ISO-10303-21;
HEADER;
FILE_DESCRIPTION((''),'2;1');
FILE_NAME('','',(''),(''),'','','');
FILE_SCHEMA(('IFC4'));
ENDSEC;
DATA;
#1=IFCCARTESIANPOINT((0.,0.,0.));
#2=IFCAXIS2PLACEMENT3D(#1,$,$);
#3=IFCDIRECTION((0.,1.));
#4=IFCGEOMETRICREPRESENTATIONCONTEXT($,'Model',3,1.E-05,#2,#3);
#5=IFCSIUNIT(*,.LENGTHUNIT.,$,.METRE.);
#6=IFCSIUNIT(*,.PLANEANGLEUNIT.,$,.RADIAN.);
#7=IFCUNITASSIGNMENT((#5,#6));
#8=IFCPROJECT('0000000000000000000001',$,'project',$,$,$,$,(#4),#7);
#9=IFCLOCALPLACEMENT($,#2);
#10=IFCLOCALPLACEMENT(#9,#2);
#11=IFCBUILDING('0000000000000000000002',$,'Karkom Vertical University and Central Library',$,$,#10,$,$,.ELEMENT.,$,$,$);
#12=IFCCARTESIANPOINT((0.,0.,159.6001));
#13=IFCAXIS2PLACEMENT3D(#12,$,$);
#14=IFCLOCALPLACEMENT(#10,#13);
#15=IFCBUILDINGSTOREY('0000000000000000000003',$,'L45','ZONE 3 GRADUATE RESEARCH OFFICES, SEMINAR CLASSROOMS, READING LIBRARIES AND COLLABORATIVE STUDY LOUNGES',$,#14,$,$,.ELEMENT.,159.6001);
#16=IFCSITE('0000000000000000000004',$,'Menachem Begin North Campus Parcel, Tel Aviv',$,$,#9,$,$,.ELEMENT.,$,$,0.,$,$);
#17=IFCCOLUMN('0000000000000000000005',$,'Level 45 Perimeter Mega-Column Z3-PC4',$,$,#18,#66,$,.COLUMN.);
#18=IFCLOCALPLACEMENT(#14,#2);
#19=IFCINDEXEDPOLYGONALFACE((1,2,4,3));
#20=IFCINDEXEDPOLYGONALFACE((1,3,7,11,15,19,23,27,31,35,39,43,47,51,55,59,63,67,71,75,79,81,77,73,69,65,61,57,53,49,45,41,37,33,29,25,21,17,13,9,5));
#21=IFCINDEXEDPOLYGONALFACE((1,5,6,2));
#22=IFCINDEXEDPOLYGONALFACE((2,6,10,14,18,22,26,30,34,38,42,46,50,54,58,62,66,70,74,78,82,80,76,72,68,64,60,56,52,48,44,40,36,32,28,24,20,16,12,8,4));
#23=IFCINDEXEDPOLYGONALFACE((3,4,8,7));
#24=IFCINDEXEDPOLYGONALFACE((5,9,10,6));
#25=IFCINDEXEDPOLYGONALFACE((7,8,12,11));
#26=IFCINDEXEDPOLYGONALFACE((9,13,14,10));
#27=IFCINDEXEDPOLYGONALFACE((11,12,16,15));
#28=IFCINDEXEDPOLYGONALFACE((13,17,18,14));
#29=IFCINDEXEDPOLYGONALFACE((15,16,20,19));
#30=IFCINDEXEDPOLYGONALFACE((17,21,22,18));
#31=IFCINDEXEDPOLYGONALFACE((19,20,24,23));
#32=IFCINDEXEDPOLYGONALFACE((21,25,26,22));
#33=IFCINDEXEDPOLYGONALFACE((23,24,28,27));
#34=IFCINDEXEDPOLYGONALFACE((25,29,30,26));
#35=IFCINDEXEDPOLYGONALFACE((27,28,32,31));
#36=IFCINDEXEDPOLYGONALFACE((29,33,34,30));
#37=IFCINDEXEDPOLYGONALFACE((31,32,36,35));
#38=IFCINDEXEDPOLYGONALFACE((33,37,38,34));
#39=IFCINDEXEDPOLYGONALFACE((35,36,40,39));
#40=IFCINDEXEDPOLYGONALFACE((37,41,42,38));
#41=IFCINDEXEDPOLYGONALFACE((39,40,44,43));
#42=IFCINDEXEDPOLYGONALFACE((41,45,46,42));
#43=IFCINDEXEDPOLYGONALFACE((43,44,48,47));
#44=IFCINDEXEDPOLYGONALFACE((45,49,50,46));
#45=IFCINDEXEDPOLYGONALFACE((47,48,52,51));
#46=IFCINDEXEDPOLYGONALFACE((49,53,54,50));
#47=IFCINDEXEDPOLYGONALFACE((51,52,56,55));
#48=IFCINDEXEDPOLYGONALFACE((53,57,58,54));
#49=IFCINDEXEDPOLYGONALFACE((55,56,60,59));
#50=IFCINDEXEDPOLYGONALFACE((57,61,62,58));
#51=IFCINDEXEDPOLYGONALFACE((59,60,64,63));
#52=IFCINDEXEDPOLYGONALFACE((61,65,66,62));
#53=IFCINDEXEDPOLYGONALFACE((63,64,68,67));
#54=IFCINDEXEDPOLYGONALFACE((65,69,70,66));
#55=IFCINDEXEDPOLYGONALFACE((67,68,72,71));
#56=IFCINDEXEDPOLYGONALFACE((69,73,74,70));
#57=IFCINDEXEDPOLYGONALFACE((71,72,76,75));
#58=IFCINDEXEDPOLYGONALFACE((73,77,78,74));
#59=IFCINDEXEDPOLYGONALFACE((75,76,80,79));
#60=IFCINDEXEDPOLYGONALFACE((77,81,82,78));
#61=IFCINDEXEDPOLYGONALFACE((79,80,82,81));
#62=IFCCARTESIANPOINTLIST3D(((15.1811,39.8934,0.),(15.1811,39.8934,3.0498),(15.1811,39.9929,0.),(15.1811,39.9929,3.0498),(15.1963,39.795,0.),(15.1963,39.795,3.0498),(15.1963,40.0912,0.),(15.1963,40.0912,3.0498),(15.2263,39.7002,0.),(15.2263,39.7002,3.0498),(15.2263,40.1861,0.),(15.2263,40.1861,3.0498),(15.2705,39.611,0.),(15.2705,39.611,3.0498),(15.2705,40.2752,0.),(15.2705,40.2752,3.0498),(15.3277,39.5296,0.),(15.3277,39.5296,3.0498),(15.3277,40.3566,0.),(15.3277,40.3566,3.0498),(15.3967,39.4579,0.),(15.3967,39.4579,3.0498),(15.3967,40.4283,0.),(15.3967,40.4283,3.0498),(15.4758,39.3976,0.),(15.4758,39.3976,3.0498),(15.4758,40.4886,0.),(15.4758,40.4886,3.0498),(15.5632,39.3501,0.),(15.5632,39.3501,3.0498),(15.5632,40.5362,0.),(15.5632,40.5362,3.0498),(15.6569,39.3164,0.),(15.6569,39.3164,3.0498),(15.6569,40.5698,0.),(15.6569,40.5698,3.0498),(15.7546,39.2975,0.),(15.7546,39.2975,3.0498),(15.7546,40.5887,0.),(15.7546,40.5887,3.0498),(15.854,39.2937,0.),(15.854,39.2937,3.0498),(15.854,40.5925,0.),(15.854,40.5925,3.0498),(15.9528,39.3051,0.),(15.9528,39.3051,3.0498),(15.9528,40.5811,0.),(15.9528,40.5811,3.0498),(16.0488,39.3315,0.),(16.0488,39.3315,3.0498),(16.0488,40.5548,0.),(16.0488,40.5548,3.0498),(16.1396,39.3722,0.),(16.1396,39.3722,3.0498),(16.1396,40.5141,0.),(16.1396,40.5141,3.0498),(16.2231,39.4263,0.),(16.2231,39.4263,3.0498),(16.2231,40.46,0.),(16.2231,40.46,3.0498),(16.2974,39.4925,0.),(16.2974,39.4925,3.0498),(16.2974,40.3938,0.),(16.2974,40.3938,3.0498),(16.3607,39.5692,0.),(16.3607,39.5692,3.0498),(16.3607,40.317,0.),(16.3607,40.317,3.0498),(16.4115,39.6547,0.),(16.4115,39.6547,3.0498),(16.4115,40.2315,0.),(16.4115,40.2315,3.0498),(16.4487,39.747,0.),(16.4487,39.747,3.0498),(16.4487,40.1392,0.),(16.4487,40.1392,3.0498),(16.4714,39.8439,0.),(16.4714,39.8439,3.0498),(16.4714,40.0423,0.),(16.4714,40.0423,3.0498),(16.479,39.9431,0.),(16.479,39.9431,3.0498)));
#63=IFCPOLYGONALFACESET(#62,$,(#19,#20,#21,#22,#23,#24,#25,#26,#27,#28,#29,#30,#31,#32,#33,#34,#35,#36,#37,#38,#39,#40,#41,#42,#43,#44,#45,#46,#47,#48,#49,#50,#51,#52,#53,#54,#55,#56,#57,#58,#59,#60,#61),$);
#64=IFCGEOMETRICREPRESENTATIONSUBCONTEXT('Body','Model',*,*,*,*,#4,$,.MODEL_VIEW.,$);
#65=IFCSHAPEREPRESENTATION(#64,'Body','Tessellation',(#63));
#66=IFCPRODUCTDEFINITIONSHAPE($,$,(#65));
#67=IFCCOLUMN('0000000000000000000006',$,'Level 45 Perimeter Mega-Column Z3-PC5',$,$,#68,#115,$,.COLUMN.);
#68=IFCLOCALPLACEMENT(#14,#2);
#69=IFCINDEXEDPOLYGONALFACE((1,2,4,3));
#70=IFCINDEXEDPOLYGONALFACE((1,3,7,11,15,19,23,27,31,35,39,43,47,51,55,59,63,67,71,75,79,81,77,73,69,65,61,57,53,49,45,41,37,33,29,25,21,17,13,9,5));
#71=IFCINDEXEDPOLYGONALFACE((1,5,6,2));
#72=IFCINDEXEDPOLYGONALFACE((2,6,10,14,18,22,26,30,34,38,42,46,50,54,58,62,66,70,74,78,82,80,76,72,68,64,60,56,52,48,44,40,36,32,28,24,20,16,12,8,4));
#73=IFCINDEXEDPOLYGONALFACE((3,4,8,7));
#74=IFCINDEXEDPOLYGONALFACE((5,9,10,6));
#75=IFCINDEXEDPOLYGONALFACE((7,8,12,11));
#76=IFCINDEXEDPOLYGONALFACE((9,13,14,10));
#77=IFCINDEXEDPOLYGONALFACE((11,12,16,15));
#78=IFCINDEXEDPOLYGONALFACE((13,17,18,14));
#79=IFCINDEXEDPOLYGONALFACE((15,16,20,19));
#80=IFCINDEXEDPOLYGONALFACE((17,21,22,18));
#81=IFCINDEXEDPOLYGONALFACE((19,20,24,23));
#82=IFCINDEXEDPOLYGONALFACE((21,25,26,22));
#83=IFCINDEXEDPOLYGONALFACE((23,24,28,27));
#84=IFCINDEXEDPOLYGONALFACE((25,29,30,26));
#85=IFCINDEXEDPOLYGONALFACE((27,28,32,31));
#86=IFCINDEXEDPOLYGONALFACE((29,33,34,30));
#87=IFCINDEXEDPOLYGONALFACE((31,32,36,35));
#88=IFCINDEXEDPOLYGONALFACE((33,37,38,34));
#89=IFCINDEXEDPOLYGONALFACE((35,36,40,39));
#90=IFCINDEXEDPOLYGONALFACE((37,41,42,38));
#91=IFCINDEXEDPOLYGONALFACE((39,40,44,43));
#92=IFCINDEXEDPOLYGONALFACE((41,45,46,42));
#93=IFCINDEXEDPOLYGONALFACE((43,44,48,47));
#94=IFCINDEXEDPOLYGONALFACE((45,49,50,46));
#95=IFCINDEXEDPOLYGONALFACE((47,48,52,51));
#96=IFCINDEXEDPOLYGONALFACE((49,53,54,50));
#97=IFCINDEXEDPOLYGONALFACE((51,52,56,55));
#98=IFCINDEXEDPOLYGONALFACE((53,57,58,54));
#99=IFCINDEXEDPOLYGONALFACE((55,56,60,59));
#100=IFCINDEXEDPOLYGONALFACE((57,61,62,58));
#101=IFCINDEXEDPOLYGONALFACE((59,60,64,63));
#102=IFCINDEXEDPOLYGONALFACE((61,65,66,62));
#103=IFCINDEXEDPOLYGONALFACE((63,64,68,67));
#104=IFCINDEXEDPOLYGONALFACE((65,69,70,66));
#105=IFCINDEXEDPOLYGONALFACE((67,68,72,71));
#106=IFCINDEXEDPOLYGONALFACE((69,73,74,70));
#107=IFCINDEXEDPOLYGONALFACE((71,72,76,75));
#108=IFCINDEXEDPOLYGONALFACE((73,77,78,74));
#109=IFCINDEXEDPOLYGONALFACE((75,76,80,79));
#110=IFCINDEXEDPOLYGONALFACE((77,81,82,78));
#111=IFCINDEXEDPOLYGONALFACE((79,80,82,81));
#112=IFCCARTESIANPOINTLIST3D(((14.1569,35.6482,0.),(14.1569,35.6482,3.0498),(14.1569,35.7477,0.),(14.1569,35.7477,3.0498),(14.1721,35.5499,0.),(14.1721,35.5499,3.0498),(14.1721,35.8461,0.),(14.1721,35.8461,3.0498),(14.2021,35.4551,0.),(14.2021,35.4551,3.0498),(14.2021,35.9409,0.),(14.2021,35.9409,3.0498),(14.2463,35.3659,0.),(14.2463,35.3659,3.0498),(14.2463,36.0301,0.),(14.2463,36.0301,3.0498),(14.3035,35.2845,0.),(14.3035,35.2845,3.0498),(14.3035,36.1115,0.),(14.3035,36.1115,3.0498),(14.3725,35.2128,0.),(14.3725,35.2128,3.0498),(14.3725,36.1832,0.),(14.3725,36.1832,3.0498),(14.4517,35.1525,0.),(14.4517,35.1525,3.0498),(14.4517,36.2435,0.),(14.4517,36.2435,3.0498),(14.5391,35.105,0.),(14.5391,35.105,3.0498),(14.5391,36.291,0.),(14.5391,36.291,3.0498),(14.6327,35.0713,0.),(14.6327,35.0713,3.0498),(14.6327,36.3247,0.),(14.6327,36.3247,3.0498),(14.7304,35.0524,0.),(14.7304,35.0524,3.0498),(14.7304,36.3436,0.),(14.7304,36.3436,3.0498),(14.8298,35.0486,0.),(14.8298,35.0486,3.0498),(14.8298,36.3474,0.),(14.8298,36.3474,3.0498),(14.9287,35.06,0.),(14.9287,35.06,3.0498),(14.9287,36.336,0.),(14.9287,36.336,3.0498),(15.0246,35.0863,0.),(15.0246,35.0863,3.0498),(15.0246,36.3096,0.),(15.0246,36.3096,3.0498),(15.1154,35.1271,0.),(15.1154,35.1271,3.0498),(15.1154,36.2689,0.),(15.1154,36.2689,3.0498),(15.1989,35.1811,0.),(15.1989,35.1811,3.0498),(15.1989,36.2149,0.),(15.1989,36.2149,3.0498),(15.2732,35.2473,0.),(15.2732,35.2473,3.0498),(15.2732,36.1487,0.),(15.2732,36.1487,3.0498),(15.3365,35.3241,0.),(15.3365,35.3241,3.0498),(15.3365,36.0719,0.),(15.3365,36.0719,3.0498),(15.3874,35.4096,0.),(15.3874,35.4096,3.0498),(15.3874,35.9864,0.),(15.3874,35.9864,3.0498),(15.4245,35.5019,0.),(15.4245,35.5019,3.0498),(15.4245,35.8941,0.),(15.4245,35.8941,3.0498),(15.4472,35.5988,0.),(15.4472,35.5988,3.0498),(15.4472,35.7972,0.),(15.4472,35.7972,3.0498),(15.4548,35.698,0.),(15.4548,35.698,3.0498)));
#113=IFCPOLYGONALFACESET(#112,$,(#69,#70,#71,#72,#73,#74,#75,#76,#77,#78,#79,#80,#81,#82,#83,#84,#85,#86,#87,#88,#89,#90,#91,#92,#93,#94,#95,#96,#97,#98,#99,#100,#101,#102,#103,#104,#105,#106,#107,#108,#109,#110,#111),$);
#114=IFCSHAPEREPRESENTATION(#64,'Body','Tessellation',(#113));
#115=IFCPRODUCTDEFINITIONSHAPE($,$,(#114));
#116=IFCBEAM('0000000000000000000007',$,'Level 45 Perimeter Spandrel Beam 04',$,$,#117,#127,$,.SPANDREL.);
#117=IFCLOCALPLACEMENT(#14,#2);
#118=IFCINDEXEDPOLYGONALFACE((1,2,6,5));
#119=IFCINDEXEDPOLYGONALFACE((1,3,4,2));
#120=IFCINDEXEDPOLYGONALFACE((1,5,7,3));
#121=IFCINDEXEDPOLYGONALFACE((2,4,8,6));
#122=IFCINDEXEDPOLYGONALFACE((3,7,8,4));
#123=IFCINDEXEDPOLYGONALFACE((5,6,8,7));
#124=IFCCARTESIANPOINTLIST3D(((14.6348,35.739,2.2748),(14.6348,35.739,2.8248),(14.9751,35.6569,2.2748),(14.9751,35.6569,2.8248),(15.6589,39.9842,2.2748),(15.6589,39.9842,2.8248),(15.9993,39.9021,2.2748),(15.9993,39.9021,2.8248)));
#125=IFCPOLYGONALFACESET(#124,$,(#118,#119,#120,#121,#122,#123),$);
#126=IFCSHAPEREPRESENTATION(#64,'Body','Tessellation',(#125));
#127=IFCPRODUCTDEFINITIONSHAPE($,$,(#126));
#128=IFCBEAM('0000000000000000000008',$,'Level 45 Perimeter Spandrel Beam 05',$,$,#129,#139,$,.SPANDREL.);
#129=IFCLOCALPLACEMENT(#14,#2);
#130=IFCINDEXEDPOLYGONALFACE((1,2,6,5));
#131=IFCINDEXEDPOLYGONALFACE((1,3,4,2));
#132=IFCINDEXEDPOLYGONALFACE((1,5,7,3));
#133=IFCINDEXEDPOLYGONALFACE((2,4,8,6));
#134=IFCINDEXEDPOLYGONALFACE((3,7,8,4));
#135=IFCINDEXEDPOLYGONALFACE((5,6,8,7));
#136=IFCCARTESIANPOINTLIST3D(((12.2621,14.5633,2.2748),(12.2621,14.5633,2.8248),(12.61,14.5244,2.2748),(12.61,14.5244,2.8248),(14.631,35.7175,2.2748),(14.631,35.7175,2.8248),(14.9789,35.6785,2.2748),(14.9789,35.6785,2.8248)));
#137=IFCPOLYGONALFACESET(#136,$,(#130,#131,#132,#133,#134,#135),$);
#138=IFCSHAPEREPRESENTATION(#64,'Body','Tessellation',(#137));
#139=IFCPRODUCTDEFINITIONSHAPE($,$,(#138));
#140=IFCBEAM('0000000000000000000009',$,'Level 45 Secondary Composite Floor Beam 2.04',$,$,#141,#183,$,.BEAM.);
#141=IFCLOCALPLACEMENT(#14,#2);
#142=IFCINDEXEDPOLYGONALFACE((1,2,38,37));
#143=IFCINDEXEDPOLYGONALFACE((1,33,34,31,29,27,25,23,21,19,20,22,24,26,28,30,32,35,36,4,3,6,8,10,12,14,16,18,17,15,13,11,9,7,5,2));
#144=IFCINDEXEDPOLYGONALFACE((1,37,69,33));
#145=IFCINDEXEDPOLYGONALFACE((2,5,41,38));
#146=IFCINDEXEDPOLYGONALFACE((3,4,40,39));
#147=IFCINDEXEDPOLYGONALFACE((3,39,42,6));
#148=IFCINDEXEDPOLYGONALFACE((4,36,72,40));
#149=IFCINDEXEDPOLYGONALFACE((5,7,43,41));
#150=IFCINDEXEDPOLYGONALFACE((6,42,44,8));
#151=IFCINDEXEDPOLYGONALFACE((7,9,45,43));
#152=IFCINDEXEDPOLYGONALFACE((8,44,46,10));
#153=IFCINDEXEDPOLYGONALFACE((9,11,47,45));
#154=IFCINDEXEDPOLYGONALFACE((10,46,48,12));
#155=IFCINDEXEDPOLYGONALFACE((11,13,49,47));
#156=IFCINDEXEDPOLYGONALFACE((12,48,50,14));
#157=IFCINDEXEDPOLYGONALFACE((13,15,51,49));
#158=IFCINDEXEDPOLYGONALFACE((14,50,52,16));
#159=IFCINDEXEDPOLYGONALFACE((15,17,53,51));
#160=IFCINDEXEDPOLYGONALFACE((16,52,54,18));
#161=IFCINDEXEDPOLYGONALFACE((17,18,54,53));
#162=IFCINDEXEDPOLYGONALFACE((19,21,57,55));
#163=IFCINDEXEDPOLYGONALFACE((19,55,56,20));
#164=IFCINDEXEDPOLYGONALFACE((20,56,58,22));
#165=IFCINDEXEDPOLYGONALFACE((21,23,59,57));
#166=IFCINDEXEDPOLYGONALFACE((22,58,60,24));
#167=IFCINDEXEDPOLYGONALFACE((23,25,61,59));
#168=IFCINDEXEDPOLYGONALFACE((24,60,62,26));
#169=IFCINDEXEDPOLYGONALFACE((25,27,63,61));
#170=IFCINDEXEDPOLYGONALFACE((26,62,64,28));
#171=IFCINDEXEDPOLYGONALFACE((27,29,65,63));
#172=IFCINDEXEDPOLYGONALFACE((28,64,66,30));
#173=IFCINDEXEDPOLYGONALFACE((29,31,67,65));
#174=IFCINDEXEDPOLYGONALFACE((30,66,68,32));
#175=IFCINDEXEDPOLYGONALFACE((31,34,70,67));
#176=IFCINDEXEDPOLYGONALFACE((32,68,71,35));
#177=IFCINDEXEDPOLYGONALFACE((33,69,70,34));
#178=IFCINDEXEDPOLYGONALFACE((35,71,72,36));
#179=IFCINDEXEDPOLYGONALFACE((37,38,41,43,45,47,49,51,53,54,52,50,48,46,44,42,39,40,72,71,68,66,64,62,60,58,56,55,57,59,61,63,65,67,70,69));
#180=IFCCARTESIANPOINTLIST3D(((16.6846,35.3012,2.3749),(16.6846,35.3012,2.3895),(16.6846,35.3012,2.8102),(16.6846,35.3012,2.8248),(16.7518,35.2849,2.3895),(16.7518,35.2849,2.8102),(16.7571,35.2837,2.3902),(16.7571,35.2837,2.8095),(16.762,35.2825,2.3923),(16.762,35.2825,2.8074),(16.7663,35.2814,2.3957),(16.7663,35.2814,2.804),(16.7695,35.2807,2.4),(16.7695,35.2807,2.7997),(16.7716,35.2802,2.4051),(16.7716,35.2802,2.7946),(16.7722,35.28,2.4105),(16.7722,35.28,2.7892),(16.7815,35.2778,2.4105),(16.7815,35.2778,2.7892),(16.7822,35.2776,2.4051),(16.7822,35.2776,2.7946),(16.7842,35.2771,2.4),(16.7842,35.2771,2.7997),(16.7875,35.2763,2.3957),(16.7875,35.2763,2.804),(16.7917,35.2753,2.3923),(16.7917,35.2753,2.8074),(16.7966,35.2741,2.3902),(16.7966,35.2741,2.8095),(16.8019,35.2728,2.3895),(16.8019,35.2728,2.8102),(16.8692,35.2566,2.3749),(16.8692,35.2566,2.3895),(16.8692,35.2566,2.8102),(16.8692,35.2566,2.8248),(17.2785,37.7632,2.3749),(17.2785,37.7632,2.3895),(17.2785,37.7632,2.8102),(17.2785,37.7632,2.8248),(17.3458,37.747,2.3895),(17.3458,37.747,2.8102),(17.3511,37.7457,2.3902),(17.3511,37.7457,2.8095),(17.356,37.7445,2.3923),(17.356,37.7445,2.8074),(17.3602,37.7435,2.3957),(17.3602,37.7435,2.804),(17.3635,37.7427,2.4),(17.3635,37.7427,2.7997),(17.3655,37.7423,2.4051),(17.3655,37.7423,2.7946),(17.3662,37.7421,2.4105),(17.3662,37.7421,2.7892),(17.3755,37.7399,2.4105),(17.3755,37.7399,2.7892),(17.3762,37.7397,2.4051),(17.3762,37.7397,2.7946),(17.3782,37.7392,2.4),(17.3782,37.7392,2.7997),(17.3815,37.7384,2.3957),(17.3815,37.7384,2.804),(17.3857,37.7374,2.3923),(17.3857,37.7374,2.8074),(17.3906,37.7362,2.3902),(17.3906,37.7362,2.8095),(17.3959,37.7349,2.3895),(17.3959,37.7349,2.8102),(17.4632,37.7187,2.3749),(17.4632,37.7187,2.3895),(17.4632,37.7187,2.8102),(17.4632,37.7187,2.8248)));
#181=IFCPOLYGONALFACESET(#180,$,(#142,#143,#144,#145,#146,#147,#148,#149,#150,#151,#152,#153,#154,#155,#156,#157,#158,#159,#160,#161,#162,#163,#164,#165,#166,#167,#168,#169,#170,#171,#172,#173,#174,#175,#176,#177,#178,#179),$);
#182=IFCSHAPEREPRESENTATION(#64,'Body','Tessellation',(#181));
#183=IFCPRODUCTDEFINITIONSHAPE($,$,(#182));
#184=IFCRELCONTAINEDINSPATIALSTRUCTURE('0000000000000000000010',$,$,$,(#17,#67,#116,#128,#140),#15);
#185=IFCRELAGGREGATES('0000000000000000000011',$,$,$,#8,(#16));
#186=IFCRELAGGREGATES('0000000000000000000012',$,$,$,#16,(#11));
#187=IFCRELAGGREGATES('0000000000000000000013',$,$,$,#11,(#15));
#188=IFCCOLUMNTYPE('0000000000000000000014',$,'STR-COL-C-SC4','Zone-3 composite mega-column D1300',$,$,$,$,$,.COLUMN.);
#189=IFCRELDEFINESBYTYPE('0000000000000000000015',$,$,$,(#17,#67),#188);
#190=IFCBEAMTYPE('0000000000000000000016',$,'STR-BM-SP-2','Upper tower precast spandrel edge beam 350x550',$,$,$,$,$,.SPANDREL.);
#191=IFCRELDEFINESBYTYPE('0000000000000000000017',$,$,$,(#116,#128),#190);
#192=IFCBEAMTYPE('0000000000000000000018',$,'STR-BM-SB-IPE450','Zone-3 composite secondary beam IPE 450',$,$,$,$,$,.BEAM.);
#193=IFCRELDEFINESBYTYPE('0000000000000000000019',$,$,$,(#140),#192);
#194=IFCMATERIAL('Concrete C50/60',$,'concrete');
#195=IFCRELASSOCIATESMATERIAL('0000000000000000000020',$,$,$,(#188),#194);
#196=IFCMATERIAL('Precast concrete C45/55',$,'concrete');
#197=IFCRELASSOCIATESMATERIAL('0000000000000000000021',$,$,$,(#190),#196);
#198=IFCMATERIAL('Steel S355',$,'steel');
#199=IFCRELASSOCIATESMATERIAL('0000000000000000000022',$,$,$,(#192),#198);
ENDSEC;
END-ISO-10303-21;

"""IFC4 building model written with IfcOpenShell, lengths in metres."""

from ifc_helpers import new_model, si_unit, direction, frame, origin, origin_with_axes, origin_2d, place, context, subcontext, project, spatial, rectangle, circle, i_section, extrude, source, transform, mapped, material, material_profile, profile_set, type_object, element, save


model = new_model("IFC4")

# Units and contexts
model_context = context("Model", 3, precision=1e-05, world=origin(), true_north=direction((0.0, 1.0)))
body_context = subcontext(model_context, "Body", "Model", "MODEL_VIEW")
ifc_project = project(units=[si_unit("LENGTHUNIT", "METRE"), si_unit("PLANEANGLEUNIT", "RADIAN")], contexts=[model_context])

# Site, building, storey
site_placement = place(None, origin())
site = spatial("IfcSite", under=ifc_project, at=site_placement, Name="Menachem Begin North Campus Parcel, Tel Aviv", CompositionType="ELEMENT", RefElevation=0.0)
building_placement = place(site_placement, origin())
building = spatial("IfcBuilding", under=site, at=building_placement, Name="Karkom Vertical University and Central Library", CompositionType="ELEMENT")
storey_placement = place(building_placement, frame((0.0, 0.0, 159.6001)))
storey = spatial("IfcBuildingStorey", under=building, at=storey_placement, Name="L45", Description="ZONE 3 GRADUATE RESEARCH OFFICES, SEMINAR CLASSROOMS, READING LIBRARIES AND COLLABORATIVE STUDY LOUNGES", CompositionType="ELEMENT", Elevation=159.6001)

# Columns
ifc_material_1 = material(Name="Concrete C50/60", Category="concrete")
ifc_material_profile_1 = material_profile(ifc_material_1, circle(Radius=0.6499, at=origin_2d()), Name="CFT-D1300")
ifc_profile_set_1 = profile_set([ifc_material_profile_1], Name="Concrete C50/60")
column_type = type_object("IfcColumnType", Name="STR-COL-C-SC4", Description="Zone-3 composite mega-column D1300", PredefinedType="COLUMN", material=ifc_profile_set_1)
shared_shape_1 = source(origin_with_axes(), body_context, "Body", "SweptSolid", [
    extrude(circle(Radius=0.6499, at=origin_2d()), origin(), (0.0, 0.0, 1.0), 3.0498),
])
for number, where, z_axis, x_axis, name in (
    (1, (15.8291, 39.9431, 0.0), (0.0, 0.0, 1.0), (1.0, 0.0, 0.0), "Level 45 Perimeter Mega-Column Z3-PC4"),
    (2, (14.8049, 35.698, 0.0), (0.0, 0.0, 1.0), (1.0, 0.0, 0.0), "Level 45 Perimeter Mega-Column Z3-PC5"),
):
    element("IfcColumn", number, at=place(storey_placement, frame(where, z_axis=z_axis, x_axis=x_axis)), inside=storey, type_object=column_type, Name=name, PredefinedType="COLUMN", context=body_context, shape_type="MappedRepresentation", body=[
        mapped(shared_shape_1, transform((0.0, 0.0, 0.0), scale=1.0)),
    ])

# Beams
ifc_material_2 = material(Name="Precast concrete C45/55", Category="concrete")
ifc_material_profile_2 = material_profile(ifc_material_2, rectangle(XDim=0.3501, YDim=0.55, at=origin_2d()), Name="SPB-350x550")
ifc_profile_set_2 = profile_set([ifc_material_profile_2], Name="Precast concrete C45/55")
beam_type_1 = type_object("IfcBeamType", Name="STR-BM-SP-2", Description="Upper tower precast spandrel edge beam 350x550", PredefinedType="SPANDREL", material=ifc_profile_set_2)
shared_shape_2 = source(origin_with_axes(), body_context, "Body", "SweptSolid", [
    extrude(rectangle(XDim=0.3501, YDim=0.55, at=origin_2d()), origin(), (0.0, 0.0, 1.0), 4.3669),
])
beam_1_placement = place(storey_placement, frame((15.8291, 39.9431, 2.5498), z_axis=(-0.234529, -0.972109, 0.0), x_axis=(0.972109, -0.234529, 0.0)))
element("IfcBeam", 3, at=beam_1_placement, inside=storey, type_object=beam_type_1, Name="Level 45 Perimeter Spandrel Beam 04", PredefinedType="SPANDREL", context=body_context, shape_type="MappedRepresentation", body=[
    mapped(shared_shape_2, transform((0.0, 0.0, 0.0), scale=1.0)),
])
shared_shape_3 = source(origin_with_axes(), body_context, "Body", "SweptSolid", [
    extrude(rectangle(XDim=0.3501, YDim=0.55, at=origin_2d()), origin(), (0.0, 0.0, 1.0), 21.2864),
])
beam_2_placement = place(storey_placement, frame((14.8049, 35.698, 2.5498), z_axis=(-0.111287, -0.993788, 0.0), x_axis=(0.993788, -0.111287, 0.0)))
element("IfcBeam", 4, at=beam_2_placement, inside=storey, type_object=beam_type_1, Name="Level 45 Perimeter Spandrel Beam 05", PredefinedType="SPANDREL", context=body_context, shape_type="MappedRepresentation", body=[
    mapped(shared_shape_3, transform((0.0, 0.0, 0.0), scale=1.0)),
])
ifc_material_3 = material(Name="Steel S355", Category="steel")
ifc_material_profile_3 = material_profile(ifc_material_3, i_section(OverallWidth=0.1899, OverallDepth=0.45, WebThickness=0.0095, FlangeThickness=0.0146, FilletRadius=0.021, at=origin_2d()), Name="IPE 450")
ifc_profile_set_3 = profile_set([ifc_material_profile_3], Name="Steel S355")
beam_type_2 = type_object("IfcBeamType", Name="STR-BM-SB-IPE450", Description="Zone-3 composite secondary beam IPE 450", PredefinedType="BEAM", material=ifc_profile_set_3)
shared_shape_4 = source(origin_with_axes(), body_context, "Body", "SweptSolid", [
    extrude(i_section(OverallWidth=0.1899, OverallDepth=0.45, WebThickness=0.0095, FlangeThickness=0.0146, FilletRadius=0.021, at=origin_2d()), origin(), (0.0, 0.0, 1.0), 2.5327),
])
beam_3_placement = place(storey_placement, frame((17.3708, 37.741, 2.5999), z_axis=(-0.234521, -0.972111, 0.0), x_axis=(0.972111, -0.234521, 0.0)))
element("IfcBeam", 5, at=beam_3_placement, inside=storey, type_object=beam_type_2, Name="Level 45 Secondary Composite Floor Beam 2.04", PredefinedType="BEAM", context=body_context, shape_type="MappedRepresentation", body=[
    mapped(shared_shape_4, transform((0.0, 0.0, 0.0), scale=1.0)),
])

save(model, "model.ifc")
